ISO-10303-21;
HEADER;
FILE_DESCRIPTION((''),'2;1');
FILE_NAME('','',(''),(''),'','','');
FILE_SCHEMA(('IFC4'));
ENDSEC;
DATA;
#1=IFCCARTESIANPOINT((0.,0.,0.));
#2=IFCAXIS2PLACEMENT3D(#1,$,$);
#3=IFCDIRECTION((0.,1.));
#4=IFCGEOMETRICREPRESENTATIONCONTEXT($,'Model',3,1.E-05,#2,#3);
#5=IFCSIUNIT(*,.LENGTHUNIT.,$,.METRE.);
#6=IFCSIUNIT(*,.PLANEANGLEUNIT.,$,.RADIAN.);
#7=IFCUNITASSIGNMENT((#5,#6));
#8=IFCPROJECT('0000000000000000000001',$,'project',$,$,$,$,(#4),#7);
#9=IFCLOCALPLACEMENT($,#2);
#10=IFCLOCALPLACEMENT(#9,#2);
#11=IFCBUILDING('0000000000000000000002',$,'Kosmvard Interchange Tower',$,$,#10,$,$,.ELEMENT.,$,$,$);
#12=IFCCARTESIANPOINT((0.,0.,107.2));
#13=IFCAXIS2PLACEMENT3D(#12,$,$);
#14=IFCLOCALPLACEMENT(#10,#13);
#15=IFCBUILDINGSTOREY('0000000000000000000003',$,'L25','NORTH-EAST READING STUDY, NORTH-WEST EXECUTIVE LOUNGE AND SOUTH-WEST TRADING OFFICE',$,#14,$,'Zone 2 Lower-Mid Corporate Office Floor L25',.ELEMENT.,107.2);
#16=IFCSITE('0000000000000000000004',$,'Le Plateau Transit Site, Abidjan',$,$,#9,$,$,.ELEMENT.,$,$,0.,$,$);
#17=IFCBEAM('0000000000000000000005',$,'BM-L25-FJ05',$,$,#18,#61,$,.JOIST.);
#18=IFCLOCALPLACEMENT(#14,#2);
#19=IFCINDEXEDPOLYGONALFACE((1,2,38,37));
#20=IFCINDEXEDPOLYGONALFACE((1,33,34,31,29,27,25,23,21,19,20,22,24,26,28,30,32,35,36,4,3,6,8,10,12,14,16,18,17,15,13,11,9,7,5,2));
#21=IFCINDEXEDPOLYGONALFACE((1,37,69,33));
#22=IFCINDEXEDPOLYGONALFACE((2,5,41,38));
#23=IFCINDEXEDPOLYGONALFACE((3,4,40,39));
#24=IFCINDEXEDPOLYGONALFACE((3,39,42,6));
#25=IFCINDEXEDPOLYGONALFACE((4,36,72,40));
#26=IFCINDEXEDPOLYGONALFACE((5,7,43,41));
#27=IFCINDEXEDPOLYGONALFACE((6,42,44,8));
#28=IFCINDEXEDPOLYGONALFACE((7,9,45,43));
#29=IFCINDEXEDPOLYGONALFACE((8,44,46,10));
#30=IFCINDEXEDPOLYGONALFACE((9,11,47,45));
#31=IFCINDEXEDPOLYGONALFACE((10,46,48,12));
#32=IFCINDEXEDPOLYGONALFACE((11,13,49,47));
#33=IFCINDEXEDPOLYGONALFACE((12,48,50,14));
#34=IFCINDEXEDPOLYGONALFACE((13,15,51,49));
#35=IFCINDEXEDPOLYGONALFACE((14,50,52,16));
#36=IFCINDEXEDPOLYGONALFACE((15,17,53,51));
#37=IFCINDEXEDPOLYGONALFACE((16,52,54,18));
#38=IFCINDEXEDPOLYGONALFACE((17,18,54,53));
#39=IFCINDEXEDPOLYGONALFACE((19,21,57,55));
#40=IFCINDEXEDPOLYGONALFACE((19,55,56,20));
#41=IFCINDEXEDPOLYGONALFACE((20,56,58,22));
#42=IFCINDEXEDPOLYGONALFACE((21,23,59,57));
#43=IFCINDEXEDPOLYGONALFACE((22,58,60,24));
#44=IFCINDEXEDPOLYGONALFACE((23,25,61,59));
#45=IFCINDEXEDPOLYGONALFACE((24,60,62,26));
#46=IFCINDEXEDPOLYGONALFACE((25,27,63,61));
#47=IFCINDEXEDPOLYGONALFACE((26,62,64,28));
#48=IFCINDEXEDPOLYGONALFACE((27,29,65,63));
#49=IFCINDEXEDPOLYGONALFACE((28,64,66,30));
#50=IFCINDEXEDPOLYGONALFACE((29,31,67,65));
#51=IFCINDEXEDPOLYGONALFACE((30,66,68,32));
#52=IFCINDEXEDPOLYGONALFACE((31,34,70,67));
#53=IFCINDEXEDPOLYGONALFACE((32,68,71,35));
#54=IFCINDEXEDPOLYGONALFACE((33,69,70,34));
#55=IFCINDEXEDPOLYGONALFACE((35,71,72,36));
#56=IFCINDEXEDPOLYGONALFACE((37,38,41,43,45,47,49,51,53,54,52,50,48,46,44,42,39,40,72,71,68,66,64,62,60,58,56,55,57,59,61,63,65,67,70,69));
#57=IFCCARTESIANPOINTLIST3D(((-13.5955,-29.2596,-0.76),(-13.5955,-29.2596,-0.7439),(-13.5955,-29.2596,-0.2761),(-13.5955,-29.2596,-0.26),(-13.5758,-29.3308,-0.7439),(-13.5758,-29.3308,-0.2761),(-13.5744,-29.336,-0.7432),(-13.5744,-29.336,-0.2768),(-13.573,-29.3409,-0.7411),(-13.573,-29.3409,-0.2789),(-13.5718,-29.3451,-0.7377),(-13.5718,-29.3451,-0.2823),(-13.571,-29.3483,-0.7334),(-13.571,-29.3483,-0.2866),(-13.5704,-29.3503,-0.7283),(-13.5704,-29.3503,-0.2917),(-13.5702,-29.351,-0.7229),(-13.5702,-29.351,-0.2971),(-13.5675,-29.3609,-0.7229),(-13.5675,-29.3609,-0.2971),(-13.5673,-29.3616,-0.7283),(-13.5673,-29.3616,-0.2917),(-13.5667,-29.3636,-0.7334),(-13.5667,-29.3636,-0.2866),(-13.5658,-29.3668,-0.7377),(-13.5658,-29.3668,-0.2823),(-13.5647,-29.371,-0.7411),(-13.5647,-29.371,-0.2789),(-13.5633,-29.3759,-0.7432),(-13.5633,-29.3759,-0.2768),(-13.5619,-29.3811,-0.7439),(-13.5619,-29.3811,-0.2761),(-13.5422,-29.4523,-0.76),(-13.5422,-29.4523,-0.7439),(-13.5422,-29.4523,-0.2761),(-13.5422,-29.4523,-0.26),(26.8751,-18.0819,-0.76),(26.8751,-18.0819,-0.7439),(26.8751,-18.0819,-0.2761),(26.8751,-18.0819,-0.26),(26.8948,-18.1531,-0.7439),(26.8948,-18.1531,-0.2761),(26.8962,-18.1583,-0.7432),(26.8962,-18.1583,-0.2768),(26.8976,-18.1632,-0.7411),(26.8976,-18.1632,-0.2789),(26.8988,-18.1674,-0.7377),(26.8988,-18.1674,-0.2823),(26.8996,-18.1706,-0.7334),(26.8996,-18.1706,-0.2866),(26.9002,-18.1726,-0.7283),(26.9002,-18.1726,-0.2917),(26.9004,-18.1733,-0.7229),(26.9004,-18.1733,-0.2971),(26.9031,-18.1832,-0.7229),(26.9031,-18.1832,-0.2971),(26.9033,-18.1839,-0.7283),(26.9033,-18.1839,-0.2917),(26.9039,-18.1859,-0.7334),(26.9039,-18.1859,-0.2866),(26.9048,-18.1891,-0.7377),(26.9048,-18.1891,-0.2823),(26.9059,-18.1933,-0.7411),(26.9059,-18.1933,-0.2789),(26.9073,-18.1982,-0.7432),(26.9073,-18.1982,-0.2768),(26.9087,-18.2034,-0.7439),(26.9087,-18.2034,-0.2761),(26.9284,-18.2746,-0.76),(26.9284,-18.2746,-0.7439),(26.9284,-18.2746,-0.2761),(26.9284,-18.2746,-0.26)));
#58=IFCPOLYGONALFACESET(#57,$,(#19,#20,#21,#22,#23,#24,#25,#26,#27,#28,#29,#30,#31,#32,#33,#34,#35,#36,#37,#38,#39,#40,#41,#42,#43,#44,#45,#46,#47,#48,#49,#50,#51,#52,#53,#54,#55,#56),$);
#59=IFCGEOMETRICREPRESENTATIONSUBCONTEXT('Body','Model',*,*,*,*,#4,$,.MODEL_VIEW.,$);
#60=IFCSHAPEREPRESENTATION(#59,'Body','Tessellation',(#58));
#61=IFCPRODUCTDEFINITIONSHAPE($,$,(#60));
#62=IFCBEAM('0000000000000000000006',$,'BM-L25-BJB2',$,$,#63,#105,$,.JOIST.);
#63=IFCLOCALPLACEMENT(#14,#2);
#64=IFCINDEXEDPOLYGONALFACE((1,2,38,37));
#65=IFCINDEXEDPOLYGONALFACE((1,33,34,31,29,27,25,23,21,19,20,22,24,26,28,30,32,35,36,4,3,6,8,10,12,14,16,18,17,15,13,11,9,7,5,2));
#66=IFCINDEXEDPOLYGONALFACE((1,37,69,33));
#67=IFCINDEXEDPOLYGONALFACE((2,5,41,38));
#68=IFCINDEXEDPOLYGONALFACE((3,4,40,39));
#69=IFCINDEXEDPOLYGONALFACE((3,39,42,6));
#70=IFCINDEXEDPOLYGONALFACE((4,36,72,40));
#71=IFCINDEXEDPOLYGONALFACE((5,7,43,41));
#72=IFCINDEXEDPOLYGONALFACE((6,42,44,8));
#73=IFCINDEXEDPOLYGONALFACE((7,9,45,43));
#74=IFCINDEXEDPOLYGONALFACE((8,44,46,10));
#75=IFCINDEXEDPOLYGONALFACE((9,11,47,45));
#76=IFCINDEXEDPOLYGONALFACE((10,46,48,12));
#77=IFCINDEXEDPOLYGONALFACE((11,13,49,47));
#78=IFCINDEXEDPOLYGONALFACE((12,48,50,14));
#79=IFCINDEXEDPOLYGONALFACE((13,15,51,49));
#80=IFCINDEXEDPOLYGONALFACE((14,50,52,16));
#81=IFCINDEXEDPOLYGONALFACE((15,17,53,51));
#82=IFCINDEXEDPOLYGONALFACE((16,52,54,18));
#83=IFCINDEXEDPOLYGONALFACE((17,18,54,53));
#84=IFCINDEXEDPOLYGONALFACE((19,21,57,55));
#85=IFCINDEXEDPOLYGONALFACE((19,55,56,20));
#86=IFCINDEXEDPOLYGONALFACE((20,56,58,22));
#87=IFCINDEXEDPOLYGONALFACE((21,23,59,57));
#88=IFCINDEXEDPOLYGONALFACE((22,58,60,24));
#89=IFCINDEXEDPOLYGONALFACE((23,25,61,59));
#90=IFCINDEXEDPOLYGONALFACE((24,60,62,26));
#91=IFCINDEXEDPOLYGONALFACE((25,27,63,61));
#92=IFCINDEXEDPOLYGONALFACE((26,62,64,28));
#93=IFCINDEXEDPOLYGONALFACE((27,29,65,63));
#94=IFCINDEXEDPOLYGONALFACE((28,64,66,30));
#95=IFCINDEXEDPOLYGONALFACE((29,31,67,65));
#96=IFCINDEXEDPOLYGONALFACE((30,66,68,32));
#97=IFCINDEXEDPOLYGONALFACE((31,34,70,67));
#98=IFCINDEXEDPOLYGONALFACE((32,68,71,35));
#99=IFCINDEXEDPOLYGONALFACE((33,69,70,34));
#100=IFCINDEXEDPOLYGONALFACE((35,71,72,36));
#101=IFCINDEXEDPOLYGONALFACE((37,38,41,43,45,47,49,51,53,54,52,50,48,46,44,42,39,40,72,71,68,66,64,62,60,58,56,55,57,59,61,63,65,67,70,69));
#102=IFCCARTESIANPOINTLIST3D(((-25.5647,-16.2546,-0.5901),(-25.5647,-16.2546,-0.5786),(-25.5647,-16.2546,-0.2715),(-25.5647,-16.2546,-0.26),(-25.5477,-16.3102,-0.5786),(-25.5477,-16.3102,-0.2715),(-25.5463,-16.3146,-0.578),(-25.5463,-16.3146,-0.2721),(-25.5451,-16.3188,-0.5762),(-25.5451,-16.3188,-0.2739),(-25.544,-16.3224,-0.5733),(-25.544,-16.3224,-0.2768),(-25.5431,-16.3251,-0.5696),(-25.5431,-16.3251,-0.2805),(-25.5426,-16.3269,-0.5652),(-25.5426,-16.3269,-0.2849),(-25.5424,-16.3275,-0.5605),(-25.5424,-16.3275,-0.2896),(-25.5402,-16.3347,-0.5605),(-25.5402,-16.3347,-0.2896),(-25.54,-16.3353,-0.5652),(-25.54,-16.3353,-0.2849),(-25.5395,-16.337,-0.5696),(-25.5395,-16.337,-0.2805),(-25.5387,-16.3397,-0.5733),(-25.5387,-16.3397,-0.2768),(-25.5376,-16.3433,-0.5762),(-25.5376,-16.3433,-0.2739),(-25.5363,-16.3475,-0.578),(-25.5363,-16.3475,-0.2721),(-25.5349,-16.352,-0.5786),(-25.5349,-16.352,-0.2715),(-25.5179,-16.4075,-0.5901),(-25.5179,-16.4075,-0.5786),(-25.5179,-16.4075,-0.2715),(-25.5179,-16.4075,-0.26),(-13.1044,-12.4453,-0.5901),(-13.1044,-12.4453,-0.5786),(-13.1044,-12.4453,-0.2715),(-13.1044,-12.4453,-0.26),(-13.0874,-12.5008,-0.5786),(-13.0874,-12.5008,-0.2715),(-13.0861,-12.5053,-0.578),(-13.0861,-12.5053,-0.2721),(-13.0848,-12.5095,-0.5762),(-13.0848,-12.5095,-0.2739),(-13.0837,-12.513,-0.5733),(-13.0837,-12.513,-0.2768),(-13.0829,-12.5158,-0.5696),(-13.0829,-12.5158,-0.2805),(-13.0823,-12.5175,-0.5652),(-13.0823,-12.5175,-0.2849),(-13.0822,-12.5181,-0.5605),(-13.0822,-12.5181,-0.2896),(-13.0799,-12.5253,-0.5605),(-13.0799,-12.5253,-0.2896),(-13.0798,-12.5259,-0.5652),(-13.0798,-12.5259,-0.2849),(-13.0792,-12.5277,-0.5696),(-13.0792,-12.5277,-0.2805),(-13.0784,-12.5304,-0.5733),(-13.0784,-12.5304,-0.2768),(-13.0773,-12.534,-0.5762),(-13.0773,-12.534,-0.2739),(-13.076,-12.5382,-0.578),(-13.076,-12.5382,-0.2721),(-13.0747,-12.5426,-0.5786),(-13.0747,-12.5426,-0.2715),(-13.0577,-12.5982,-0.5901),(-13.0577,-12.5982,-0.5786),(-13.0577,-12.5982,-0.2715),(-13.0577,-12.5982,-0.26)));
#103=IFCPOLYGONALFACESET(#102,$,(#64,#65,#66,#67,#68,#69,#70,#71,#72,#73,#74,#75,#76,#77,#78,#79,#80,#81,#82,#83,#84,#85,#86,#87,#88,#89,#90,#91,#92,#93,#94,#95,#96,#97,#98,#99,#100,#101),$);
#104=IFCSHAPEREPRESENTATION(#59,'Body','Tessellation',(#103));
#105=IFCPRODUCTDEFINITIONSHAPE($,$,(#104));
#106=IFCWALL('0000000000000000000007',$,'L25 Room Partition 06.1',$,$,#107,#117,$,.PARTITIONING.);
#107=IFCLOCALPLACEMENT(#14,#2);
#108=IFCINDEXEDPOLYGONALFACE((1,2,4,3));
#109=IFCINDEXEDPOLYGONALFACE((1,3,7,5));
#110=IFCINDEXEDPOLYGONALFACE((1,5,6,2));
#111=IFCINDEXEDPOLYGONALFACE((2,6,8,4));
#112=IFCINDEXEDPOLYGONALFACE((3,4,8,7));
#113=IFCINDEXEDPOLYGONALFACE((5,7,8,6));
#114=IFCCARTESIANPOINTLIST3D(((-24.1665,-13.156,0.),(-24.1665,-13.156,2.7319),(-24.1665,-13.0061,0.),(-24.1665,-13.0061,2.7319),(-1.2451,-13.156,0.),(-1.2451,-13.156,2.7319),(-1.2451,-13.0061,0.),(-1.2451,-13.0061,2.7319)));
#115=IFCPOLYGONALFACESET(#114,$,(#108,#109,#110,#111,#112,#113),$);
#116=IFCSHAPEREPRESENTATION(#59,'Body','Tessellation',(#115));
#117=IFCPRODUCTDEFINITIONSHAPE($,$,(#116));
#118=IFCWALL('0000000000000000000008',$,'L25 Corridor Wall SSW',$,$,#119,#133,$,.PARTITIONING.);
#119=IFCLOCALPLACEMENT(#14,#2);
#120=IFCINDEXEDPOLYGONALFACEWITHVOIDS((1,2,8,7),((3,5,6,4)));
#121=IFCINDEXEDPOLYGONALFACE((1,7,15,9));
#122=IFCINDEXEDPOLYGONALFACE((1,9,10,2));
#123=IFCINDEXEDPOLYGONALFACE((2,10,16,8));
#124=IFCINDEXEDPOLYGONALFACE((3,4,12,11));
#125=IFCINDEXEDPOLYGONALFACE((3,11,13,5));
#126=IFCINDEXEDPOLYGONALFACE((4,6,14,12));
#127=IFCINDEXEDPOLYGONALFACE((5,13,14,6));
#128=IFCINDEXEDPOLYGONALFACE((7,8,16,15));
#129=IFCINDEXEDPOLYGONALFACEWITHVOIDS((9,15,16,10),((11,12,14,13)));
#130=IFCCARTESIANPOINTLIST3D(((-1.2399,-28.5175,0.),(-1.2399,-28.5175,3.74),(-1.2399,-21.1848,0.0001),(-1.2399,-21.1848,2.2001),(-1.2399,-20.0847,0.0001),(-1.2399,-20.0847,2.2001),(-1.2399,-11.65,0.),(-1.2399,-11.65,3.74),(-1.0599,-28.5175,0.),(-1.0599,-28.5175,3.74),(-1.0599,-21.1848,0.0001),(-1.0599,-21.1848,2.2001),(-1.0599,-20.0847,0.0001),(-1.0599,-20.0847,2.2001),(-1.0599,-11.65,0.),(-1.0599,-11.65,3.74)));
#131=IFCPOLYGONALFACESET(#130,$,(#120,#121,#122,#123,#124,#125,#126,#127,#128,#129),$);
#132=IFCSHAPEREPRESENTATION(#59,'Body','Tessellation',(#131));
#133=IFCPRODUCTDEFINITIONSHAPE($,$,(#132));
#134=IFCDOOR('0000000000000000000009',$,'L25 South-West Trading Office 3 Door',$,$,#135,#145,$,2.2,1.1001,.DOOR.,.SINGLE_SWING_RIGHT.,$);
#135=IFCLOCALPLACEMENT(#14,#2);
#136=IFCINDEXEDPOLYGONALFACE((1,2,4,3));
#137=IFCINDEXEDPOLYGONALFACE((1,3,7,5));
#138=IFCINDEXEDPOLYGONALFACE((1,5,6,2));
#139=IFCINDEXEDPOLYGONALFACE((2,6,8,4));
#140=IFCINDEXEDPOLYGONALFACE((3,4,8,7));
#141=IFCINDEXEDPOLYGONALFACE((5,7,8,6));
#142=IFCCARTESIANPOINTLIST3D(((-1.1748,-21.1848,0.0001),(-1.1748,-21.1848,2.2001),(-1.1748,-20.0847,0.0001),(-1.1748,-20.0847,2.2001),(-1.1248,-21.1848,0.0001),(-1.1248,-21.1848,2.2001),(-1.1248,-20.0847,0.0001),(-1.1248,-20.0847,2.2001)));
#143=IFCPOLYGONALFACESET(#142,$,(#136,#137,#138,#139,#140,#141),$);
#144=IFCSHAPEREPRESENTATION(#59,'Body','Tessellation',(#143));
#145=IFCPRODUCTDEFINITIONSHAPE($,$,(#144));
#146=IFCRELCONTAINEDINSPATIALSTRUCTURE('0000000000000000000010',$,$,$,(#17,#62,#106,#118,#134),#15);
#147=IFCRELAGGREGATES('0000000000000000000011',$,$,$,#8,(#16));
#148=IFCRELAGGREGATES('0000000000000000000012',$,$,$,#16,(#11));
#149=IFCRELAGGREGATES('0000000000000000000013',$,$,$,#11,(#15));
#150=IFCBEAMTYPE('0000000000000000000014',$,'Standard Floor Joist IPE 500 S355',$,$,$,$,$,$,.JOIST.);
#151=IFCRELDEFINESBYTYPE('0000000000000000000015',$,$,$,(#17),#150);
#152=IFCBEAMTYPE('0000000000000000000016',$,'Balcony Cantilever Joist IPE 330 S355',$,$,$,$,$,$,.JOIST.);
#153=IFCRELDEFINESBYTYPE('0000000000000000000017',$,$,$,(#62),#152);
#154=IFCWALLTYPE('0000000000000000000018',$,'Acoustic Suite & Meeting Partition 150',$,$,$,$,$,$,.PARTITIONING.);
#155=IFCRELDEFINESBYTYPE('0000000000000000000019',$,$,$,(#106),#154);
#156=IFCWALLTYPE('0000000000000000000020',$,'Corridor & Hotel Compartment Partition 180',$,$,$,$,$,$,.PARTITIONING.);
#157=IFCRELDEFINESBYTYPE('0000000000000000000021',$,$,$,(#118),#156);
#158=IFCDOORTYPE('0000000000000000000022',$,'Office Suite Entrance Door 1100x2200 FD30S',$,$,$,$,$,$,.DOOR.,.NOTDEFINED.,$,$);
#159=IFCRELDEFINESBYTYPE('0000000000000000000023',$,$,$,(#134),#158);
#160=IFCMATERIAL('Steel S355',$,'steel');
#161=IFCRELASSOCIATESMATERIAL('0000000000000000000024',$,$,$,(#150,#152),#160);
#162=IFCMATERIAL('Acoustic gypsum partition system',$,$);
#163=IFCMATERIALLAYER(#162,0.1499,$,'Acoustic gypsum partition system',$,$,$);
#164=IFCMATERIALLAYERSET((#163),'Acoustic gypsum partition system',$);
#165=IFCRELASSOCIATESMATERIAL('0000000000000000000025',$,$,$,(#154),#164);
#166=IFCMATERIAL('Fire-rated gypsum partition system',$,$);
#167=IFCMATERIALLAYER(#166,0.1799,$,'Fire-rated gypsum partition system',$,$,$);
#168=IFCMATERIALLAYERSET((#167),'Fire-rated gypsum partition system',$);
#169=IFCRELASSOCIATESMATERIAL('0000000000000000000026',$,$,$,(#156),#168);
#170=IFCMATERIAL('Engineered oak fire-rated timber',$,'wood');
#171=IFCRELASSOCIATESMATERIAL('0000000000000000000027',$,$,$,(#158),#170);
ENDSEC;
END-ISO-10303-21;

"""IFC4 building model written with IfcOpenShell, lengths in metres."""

from ifc_helpers import new_model, si_unit, direction, frame, frame_2d, origin, origin_2d, place, context, subcontext, project, spatial, rectangle, i_section, extrude, source, transform, mapped, material, layer, layer_set, material_profile, profile_set, type_object, element, fill, save


model = new_model("IFC4")

# Units and contexts
model_context = context("Model", 3, precision=1e-05, world=origin(), true_north=direction((0.0, 1.0)))
body_context = subcontext(model_context, "Body", "Model", "MODEL_VIEW")
ifc_project = project(units=[si_unit("LENGTHUNIT", "METRE"), si_unit("PLANEANGLEUNIT", "RADIAN")], contexts=[model_context])

# Site, building, storey
site_placement = place(None, origin())
site = spatial("IfcSite", under=ifc_project, at=site_placement, Name="Le Plateau Transit Site, Abidjan", CompositionType="ELEMENT", RefElevation=0.0)
building_placement = place(site_placement, origin())
building = spatial("IfcBuilding", under=site, at=building_placement, Name="Kosmvard Interchange Tower", CompositionType="ELEMENT")
storey_placement = place(building_placement, frame((0.0, 0.0, 107.2)))
storey = spatial("IfcBuildingStorey", under=building, at=storey_placement, Name="L25", Description="NORTH-EAST READING STUDY, NORTH-WEST EXECUTIVE LOUNGE AND SOUTH-WEST TRADING OFFICE", LongName="Zone 2 Lower-Mid Corporate Office Floor L25", CompositionType="ELEMENT", Elevation=107.2)

# Beams
ifc_material_1 = material(Name="Steel S355", Category="steel")
ifc_material_profile_1 = material_profile(ifc_material_1, i_section(OverallWidth=0.2, OverallDepth=0.5, WebThickness=0.0103, FlangeThickness=0.0161, FilletRadius=0.021, at=origin_2d()), Name="IPE 500")
ifc_profile_set_1 = profile_set([ifc_material_profile_1], Name="Steel S355")
beam_type_1 = type_object("IfcBeamType", Name="Standard Floor Joist IPE 500 S355", PredefinedType="JOIST", material=ifc_profile_set_1)
shared_shape_1 = source(origin(), body_context, "Body", "SweptSolid", [
    extrude(i_section(OverallWidth=0.2, OverallDepth=0.5, WebThickness=0.0103, FlangeThickness=0.0161, FilletRadius=0.021, at=origin_2d()), origin(), (0.0, 0.0, 1.0), 41.9858),
])
beam_1_placement = place(storey_placement, frame((-13.5688, -29.356, -0.51), z_axis=(0.963911, 0.266226, 0.0), x_axis=(-0.266226, 0.963911, 0.0)))
element("IfcBeam", 1, at=beam_1_placement, inside=storey, type_object=beam_type_1, Name="BM-L25-FJ05", PredefinedType="JOIST", context=body_context, shape_type="MappedRepresentation", body=[
    mapped(shared_shape_1, transform((0.0, 0.0, 0.0), scale=1.0)),
])
ifc_material_profile_2 = material_profile(ifc_material_1, i_section(OverallWidth=0.1599, OverallDepth=0.3301, WebThickness=0.0076, FlangeThickness=0.0115, FilletRadius=0.0181, at=origin_2d()), Name="IPE 330")
ifc_profile_set_2 = profile_set([ifc_material_profile_2], Name="Steel S355")
beam_type_2 = type_object("IfcBeamType", Name="Balcony Cantilever Joist IPE 330 S355", PredefinedType="JOIST", material=ifc_profile_set_2)
shared_shape_2 = source(origin(), body_context, "Body", "SweptSolid", [
    extrude(i_section(OverallWidth=0.1599, OverallDepth=0.3301, WebThickness=0.0076, FlangeThickness=0.0115, FilletRadius=0.0181, at=origin_2d()), origin(), (0.0, 0.0, 1.0), 13.0295),
])
beam_2_placement = place(storey_placement, frame((-13.0811, -12.5217, -0.425), z_axis=(-0.956308, -0.292362, 0.0), x_axis=(0.292362, -0.956308, 0.0)))
element("IfcBeam", 2, at=beam_2_placement, inside=storey, type_object=beam_type_2, Name="BM-L25-BJB2", PredefinedType="JOIST", context=body_context, shape_type="MappedRepresentation", body=[
    mapped(shared_shape_2, transform((0.0, 0.0, 0.0), scale=1.0)),
])

# Wall
ifc_material_2 = material(Name="Acoustic gypsum partition system")
ifc_layer_1 = layer(ifc_material_2, 0.1499, Name="Acoustic gypsum partition system")
ifc_layer_set_1 = layer_set([ifc_layer_1], Name="Acoustic gypsum partition system")
wall_type_1 = type_object("IfcWallType", Name="Acoustic Suite & Meeting Partition 150", PredefinedType="PARTITIONING", material=ifc_layer_set_1)
wall_1_placement = place(storey_placement, frame((-24.1665, -13.0811, 0.0), z_axis=(0.0, 0.0, 1.0), x_axis=(1.0, 0.0, 0.0)))
element("IfcWall", 3, at=wall_1_placement, inside=storey, type_object=wall_type_1, Name="L25 Room Partition 06.1", PredefinedType="PARTITIONING", context=body_context, shape_type="SweptSolid", body=[
    extrude(rectangle(XDim=22.9214, YDim=0.1499, at=frame_2d((11.4607, 0.0))), origin(), (0.0, 0.0, 1.0), 2.7319),
])

# Wall, opening, door
ifc_material_3 = material(Name="Fire-rated gypsum partition system")
ifc_layer_2 = layer(ifc_material_3, 0.1799, Name="Fire-rated gypsum partition system")
ifc_layer_set_2 = layer_set([ifc_layer_2], Name="Fire-rated gypsum partition system")
wall_type_2 = type_object("IfcWallType", Name="Corridor & Hotel Compartment Partition 180", PredefinedType="PARTITIONING", material=ifc_layer_set_2)
wall_2_placement = place(storey_placement, frame((-1.1499, -28.5173, 0.0), z_axis=(0.0, 0.0, 1.0), x_axis=(0.0, 1.0, 0.0)))
wall_2 = element("IfcWall", 4, at=wall_2_placement, inside=storey, type_object=wall_type_2, Name="L25 Corridor Wall SSW", PredefinedType="PARTITIONING", context=body_context, shape_type="SweptSolid", body=[
    extrude(rectangle(XDim=16.8674, YDim=0.1799, at=frame_2d((8.4336, 0.0))), origin(), (0.0, 0.0, 1.0), 3.74),
])
opening_1_placement = place(wall_2_placement, frame((7.3325, 0.0, 0.0)))
opening_1 = element("IfcOpeningElement", 5, at=opening_1_placement, cuts=wall_2, PredefinedType="OPENING", context=body_context, shape_type="SweptSolid", body=[
    extrude(rectangle(XDim=1.1001, YDim=2.2, at=frame_2d((0.55, 1.1001))), frame((0.0, 0.1001, 0.0), z_axis=(0.0, -1.0, 0.0), x_axis=(1.0, 0.0, 0.0)), (0.0, 0.0, 1.0), 0.2),
])
ifc_material_4 = material(Name="Engineered oak fire-rated timber", Category="wood")
door_type = type_object("IfcDoorType", Name="Office Suite Entrance Door 1100x2200 FD30S", OperationType="NOTDEFINED", PredefinedType="DOOR", material=ifc_material_4)
shared_shape_3 = source(origin(), body_context, "Body", "SweptSolid", [
    extrude(rectangle(XDim=1.1001, YDim=2.2, at=frame_2d((0.55, 1.1001))), frame((0.0, 0.0249, 0.0), z_axis=(0.0, -1.0, 0.0), x_axis=(1.0, 0.0, 0.0)), (0.0, 0.0, 1.0), 0.05),
])
door_placement = place(opening_1_placement, origin())
door = element("IfcDoor", 6, at=door_placement, inside=storey, type_object=door_type, Name="L25 South-West Trading Office 3 Door", OperationType="SINGLE_SWING_RIGHT", OverallHeight=2.2, OverallWidth=1.1001, PredefinedType="DOOR", context=body_context, shape_type="MappedRepresentation", body=[
    mapped(shared_shape_3, transform((0.0, 0.0, 0.0), scale=1.0)),
])
fill(opening_1, door)

save(model, "model.ifc")
